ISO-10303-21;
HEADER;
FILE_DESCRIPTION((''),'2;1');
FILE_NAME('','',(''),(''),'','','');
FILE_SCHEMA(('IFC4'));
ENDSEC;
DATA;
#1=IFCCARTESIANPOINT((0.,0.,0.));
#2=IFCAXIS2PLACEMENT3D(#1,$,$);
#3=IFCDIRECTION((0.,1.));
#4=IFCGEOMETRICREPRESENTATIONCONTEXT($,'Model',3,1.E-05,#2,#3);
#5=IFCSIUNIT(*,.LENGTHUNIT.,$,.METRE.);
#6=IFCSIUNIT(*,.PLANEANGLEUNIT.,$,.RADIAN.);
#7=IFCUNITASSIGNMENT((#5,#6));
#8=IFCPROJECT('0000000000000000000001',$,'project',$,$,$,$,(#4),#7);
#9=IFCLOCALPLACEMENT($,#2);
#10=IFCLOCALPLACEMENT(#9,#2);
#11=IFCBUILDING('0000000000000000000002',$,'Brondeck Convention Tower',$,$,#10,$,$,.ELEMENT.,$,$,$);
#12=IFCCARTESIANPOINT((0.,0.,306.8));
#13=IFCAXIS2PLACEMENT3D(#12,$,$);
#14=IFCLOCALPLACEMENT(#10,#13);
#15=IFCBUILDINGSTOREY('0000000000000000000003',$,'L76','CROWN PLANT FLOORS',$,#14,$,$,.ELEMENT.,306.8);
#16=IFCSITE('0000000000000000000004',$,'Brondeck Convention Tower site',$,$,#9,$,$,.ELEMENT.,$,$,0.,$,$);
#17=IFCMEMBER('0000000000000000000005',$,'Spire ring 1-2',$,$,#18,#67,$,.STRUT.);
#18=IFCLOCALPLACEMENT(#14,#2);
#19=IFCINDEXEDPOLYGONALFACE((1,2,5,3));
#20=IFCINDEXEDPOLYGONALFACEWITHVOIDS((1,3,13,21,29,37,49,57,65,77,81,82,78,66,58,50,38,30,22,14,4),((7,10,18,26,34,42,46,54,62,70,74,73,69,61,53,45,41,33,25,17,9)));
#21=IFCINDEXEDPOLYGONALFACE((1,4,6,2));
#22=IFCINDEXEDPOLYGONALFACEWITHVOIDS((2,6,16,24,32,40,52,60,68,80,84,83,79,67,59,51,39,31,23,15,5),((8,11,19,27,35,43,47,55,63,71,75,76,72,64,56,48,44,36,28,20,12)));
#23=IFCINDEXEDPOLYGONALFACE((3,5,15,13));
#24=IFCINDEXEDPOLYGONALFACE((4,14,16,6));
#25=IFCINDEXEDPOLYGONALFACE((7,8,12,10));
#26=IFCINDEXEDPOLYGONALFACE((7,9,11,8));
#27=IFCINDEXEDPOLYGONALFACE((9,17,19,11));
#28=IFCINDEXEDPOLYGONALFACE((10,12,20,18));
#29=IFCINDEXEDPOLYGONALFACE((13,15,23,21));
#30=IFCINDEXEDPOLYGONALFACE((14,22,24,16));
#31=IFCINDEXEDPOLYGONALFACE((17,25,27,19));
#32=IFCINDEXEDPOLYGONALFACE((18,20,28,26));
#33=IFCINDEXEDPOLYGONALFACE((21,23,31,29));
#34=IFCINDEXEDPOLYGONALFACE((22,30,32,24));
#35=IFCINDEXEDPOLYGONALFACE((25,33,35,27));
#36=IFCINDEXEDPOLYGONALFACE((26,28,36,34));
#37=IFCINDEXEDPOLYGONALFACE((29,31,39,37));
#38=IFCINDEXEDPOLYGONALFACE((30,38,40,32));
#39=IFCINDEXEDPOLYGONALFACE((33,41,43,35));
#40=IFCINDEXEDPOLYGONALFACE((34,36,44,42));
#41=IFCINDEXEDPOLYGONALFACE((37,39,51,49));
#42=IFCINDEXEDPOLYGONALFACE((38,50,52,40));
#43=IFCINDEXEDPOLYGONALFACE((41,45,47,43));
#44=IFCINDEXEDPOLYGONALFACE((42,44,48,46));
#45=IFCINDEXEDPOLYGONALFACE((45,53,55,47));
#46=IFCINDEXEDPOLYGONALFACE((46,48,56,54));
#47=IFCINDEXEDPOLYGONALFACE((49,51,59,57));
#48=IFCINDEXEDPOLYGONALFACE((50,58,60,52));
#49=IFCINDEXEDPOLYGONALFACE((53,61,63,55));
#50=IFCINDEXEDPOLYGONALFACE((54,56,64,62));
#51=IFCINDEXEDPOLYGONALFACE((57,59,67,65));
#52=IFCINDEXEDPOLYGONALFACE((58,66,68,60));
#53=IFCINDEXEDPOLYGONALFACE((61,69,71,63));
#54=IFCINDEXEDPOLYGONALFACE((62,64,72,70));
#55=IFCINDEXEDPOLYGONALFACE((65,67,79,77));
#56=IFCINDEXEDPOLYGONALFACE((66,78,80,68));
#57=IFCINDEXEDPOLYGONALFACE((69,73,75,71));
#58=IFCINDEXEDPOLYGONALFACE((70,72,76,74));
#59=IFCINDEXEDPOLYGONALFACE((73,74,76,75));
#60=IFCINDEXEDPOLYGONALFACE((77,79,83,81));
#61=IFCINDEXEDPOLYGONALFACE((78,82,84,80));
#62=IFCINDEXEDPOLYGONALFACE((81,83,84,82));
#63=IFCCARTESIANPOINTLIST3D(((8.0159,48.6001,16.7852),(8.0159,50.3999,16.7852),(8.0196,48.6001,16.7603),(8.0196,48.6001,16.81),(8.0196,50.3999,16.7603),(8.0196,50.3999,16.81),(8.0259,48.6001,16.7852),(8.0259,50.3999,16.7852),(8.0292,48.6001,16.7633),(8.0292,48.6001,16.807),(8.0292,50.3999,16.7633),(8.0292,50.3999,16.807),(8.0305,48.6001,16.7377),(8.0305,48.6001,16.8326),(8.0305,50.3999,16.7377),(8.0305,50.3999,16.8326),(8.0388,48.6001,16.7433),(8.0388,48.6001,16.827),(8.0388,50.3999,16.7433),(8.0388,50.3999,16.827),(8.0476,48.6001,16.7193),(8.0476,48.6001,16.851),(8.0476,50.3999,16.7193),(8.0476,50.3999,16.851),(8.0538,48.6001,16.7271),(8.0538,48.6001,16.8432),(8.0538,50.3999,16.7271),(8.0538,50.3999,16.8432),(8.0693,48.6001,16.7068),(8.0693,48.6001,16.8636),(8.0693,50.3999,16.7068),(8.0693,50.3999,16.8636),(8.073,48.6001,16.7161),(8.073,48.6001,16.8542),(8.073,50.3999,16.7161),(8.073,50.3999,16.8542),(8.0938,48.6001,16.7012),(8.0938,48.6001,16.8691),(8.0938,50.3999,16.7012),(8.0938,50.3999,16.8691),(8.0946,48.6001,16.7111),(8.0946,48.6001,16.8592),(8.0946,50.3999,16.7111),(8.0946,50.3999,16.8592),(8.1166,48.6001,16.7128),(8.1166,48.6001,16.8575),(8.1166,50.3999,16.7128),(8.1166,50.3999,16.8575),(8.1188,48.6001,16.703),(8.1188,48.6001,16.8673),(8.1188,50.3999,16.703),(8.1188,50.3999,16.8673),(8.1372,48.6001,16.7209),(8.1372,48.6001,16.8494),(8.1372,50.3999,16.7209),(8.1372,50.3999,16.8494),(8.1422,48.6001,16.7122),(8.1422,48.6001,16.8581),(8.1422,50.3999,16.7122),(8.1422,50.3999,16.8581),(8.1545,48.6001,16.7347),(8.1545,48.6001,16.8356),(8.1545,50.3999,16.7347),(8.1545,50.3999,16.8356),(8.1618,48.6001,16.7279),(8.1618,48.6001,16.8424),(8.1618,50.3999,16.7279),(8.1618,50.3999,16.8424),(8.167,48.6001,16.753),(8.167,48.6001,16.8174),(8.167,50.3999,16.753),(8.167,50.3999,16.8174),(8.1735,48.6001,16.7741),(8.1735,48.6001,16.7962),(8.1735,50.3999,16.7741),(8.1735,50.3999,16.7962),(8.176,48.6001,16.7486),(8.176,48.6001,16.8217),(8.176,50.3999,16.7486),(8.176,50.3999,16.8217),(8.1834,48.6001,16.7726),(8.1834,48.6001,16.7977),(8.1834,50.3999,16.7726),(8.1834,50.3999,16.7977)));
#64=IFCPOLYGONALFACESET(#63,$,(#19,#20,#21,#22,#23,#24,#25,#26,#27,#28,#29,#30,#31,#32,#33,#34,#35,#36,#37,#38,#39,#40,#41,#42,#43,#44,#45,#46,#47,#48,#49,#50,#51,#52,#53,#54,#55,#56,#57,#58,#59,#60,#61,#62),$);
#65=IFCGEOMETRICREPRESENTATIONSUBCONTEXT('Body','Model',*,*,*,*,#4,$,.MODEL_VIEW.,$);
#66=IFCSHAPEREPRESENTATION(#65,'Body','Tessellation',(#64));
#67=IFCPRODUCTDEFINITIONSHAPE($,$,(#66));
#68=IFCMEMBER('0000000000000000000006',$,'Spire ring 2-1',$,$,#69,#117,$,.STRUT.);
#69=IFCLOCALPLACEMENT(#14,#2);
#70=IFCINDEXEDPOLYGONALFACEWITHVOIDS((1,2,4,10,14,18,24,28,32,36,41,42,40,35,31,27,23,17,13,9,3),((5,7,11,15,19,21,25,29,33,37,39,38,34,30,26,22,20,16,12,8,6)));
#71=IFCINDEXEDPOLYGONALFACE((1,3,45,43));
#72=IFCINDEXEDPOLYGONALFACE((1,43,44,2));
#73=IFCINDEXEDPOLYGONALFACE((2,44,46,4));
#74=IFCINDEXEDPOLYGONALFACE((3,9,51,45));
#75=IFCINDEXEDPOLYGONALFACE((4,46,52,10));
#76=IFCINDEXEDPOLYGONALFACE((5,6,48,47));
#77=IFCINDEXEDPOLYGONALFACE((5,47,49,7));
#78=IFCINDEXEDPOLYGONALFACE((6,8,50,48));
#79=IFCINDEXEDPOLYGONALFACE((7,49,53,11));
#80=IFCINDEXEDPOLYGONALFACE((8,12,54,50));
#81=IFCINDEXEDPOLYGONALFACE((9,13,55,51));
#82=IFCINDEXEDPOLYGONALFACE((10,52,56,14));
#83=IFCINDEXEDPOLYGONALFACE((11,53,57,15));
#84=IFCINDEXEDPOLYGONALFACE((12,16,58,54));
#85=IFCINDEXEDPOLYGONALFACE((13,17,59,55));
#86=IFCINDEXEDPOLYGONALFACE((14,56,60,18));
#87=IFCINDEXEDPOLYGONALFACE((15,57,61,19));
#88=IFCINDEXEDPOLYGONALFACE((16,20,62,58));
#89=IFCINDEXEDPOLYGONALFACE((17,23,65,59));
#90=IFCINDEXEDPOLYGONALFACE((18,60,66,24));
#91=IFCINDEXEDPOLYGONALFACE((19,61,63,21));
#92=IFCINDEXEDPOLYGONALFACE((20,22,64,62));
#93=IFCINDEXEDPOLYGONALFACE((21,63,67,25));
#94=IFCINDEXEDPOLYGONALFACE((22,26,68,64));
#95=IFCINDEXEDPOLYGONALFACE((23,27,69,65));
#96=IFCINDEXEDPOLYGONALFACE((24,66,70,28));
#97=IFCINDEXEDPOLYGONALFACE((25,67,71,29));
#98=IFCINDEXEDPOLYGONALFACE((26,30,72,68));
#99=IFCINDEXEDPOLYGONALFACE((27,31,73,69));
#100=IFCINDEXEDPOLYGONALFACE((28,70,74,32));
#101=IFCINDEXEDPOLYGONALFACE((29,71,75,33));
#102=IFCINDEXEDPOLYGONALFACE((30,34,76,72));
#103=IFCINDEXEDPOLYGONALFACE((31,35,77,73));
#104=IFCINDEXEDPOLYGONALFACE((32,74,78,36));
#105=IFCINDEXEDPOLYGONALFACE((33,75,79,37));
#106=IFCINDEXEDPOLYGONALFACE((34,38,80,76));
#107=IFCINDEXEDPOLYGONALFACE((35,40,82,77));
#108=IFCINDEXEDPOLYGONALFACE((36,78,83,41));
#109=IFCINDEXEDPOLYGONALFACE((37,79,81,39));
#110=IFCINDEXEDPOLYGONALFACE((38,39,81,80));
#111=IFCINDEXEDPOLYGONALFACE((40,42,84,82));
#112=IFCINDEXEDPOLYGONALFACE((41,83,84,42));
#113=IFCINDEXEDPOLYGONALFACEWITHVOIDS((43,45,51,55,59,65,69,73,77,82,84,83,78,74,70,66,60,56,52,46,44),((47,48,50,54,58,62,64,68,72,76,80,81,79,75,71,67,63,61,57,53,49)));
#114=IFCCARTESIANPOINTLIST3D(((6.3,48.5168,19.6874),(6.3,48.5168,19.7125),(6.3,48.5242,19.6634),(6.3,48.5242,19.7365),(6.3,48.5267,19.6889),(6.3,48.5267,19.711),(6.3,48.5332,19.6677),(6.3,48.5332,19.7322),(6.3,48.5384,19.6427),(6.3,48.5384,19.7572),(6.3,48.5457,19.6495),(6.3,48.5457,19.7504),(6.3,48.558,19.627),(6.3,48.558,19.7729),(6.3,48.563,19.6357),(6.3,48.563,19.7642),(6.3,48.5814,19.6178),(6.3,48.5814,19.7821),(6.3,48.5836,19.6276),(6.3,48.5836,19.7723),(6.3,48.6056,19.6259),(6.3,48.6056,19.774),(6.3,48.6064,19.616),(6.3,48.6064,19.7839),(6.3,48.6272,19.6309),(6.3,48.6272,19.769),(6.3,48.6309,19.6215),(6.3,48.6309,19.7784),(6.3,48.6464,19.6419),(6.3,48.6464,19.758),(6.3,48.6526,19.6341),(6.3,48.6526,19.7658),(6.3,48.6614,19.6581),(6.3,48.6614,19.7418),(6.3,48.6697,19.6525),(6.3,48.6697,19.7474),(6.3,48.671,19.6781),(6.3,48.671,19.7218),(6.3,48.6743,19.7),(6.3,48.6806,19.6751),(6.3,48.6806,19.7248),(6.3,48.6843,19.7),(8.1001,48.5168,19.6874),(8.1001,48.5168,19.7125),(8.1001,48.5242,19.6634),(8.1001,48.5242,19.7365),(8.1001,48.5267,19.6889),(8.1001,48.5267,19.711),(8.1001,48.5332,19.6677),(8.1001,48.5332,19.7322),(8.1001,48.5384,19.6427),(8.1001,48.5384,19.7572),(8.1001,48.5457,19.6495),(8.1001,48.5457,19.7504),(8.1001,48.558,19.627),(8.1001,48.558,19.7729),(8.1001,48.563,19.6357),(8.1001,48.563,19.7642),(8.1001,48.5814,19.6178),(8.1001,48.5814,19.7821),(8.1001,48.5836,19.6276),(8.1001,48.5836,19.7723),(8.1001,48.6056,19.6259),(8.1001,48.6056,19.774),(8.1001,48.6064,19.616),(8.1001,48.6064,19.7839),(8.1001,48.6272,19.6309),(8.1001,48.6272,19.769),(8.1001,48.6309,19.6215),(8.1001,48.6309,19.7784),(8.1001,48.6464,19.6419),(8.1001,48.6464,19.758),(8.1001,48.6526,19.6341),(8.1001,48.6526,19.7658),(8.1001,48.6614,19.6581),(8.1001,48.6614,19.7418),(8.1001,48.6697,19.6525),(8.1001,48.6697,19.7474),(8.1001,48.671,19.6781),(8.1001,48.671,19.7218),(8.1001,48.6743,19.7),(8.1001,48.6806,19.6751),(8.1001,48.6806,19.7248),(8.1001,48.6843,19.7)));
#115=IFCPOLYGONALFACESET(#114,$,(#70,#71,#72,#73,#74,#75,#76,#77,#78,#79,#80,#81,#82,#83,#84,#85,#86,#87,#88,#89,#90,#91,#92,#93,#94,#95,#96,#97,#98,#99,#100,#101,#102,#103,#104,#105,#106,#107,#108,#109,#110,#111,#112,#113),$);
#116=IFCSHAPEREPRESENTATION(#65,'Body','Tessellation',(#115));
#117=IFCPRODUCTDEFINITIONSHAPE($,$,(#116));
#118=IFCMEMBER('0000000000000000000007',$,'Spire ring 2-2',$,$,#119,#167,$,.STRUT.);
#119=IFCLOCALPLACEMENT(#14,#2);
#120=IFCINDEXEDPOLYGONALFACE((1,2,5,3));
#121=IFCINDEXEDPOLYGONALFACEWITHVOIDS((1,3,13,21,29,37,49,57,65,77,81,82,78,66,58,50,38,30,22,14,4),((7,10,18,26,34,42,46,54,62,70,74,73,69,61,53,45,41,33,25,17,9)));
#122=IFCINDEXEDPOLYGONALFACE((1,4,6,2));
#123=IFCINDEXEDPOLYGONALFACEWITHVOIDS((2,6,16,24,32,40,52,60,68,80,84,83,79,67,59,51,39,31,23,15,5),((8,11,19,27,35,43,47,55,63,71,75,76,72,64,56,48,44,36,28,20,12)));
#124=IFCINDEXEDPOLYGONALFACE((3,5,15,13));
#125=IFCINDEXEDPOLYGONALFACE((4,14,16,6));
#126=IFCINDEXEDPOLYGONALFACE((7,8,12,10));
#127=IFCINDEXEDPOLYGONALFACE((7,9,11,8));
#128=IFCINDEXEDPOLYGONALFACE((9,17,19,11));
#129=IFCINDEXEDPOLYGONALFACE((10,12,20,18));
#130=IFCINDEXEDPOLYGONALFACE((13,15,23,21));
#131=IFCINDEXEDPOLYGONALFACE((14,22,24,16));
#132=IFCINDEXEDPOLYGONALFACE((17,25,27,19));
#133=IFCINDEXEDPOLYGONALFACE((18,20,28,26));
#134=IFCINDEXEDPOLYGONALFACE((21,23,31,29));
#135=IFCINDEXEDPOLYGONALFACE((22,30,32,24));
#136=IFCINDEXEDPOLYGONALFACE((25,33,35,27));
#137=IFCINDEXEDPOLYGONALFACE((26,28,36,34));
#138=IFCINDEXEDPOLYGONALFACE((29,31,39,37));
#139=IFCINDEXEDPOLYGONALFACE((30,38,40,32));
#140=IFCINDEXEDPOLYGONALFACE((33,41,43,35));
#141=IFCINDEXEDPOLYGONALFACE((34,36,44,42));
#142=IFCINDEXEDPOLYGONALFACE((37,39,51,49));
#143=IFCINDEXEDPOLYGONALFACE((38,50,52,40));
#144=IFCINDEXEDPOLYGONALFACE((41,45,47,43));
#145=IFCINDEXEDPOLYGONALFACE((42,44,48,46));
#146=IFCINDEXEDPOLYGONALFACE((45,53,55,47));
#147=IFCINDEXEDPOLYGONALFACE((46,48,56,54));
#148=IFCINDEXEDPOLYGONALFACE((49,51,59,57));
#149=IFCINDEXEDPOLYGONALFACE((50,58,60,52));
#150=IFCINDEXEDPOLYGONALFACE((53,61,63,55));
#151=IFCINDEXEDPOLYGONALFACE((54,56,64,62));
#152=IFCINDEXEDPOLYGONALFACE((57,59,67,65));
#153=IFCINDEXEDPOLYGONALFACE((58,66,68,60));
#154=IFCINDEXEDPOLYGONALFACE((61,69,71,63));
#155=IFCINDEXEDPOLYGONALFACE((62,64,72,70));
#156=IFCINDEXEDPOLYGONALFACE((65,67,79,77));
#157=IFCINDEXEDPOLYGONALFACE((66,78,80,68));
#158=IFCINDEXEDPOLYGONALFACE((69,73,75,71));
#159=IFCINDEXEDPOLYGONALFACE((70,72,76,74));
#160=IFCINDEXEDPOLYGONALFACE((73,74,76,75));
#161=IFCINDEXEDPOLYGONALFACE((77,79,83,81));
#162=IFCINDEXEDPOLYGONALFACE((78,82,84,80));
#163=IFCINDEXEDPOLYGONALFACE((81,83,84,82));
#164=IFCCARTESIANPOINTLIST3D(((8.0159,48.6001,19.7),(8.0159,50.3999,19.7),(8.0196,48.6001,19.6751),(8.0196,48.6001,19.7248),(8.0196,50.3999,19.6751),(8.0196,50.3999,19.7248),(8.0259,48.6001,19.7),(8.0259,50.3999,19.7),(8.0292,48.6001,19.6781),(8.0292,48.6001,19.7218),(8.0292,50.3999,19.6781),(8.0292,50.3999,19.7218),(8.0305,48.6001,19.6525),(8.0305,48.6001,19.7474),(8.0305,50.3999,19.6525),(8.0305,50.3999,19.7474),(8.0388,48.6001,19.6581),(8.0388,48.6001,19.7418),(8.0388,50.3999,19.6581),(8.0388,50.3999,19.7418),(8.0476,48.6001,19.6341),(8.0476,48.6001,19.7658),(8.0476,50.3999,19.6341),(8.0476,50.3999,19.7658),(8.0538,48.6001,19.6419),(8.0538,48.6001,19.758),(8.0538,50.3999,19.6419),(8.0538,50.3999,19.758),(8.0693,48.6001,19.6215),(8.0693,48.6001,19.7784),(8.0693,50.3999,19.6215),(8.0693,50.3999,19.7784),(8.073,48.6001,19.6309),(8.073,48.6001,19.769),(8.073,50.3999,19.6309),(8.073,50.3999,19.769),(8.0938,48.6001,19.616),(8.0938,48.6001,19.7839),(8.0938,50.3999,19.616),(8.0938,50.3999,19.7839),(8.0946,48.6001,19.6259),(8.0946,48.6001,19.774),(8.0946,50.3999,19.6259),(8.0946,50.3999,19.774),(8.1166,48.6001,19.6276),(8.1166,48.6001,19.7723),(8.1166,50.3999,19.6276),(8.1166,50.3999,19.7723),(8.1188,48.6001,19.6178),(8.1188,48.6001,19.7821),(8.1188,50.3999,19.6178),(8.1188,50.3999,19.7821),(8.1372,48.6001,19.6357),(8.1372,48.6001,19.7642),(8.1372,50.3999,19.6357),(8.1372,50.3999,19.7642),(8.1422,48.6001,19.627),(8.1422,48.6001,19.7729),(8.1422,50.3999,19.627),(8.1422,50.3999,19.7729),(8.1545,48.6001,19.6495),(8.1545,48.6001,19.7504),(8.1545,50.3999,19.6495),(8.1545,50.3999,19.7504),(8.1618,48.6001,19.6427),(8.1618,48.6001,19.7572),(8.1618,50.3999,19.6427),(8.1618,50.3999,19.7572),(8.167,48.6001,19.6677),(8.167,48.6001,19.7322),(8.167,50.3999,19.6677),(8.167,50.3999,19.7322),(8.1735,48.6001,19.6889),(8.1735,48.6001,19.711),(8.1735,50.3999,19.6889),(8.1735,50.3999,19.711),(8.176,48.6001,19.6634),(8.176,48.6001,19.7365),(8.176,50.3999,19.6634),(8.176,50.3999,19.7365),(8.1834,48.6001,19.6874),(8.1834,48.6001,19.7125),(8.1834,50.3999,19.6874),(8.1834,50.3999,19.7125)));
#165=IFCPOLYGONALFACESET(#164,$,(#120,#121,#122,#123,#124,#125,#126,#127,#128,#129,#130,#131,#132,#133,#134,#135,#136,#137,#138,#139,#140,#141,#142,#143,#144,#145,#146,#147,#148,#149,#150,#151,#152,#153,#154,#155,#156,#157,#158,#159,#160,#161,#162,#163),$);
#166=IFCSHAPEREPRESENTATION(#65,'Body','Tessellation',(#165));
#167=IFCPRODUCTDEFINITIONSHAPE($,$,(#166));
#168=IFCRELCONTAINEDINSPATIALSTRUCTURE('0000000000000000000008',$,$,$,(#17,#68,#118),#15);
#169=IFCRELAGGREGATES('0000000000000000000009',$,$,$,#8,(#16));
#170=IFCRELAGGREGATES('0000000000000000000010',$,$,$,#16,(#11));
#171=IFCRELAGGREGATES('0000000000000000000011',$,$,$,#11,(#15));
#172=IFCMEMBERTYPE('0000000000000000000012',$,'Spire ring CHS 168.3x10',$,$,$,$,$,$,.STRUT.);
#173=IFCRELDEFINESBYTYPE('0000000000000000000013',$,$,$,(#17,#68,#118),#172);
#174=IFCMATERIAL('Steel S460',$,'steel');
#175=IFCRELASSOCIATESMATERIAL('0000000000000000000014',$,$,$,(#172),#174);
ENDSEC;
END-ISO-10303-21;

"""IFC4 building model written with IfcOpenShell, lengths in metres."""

from ifc_helpers import new_model, si_unit, direction, frame, origin, origin_2d, place, context, subcontext, project, spatial, hollow_circle, extrude, material, material_profile, profile_set, type_object, element, save


model = new_model("IFC4")

# Units and contexts
model_context = context("Model", 3, precision=1e-05, world=origin(), true_north=direction((0.0, 1.0)))
body_context = subcontext(model_context, "Body", "Model", "MODEL_VIEW")
ifc_project = project(units=[si_unit("LENGTHUNIT", "METRE"), si_unit("PLANEANGLEUNIT", "RADIAN")], contexts=[model_context])

# Site, building, storey
site_placement = place(None, origin())
site = spatial("IfcSite", under=ifc_project, at=site_placement, Name="Brondeck Convention Tower site", CompositionType="ELEMENT", RefElevation=0.0)
building_placement = place(site_placement, origin())
building = spatial("IfcBuilding", under=site, at=building_placement, Name="Brondeck Convention Tower", CompositionType="ELEMENT")
storey_placement = place(building_placement, frame((0.0, 0.0, 306.8)))
storey = spatial("IfcBuildingStorey", under=building, at=storey_placement, Name="L76", Description="CROWN PLANT FLOORS", CompositionType="ELEMENT", Elevation=306.8)

# Members
ifc_material_1 = material(Name="Steel S460", Category="steel")
ifc_material_profile_1 = material_profile(ifc_material_1, hollow_circle(Radius=0.0842, WallThickness=0.01, at=origin_2d()), Name="CHS 168.3x10")
ifc_profile_set_1 = profile_set([ifc_material_profile_1], Name="Steel S460")
member_type_1 = type_object("IfcMemberType", Name="Spire ring CHS 168.3x10", PredefinedType="STRUT", material=ifc_profile_set_1)
member_1_placement = place(storey_placement, frame((8.1001, 48.6001, 16.7852), z_axis=(0.0, 1.0, 0.0), x_axis=(-1.0, 0.0, 0.0)))
element("IfcMember", 1, at=member_1_placement, inside=storey, type_object=member_type_1, Name="Spire ring 1-2", PredefinedType="STRUT", context=body_context, shape_type="SweptSolid", body=[
    extrude(hollow_circle(Radius=0.0842, WallThickness=0.01, at=origin_2d()), origin(), (0.0, 0.0, 1.0), 1.7998),
])
member_2_placement = place(storey_placement, frame((6.3, 48.6001, 19.7), z_axis=(1.0, 0.0, 0.0), x_axis=(0.0, 1.0, 0.0)))
element("IfcMember", 2, at=member_2_placement, inside=storey, type_object=member_type_1, Name="Spire ring 2-1", PredefinedType="STRUT", context=body_context, shape_type="SweptSolid", body=[
    extrude(hollow_circle(Radius=0.0842, WallThickness=0.01, at=origin_2d()), origin(), (0.0, 0.0, 1.0), 1.8),
])
member_3_placement = place(storey_placement, frame((8.1001, 48.6001, 19.7), z_axis=(0.0, 1.0, 0.0), x_axis=(-1.0, 0.0, 0.0)))
element("IfcMember", 3, at=member_3_placement, inside=storey, type_object=member_type_1, Name="Spire ring 2-2", PredefinedType="STRUT", context=body_context, shape_type="SweptSolid", body=[
    extrude(hollow_circle(Radius=0.0842, WallThickness=0.01, at=origin_2d()), origin(), (0.0, 0.0, 1.0), 1.7998),
])

save(model, "model.ifc")
